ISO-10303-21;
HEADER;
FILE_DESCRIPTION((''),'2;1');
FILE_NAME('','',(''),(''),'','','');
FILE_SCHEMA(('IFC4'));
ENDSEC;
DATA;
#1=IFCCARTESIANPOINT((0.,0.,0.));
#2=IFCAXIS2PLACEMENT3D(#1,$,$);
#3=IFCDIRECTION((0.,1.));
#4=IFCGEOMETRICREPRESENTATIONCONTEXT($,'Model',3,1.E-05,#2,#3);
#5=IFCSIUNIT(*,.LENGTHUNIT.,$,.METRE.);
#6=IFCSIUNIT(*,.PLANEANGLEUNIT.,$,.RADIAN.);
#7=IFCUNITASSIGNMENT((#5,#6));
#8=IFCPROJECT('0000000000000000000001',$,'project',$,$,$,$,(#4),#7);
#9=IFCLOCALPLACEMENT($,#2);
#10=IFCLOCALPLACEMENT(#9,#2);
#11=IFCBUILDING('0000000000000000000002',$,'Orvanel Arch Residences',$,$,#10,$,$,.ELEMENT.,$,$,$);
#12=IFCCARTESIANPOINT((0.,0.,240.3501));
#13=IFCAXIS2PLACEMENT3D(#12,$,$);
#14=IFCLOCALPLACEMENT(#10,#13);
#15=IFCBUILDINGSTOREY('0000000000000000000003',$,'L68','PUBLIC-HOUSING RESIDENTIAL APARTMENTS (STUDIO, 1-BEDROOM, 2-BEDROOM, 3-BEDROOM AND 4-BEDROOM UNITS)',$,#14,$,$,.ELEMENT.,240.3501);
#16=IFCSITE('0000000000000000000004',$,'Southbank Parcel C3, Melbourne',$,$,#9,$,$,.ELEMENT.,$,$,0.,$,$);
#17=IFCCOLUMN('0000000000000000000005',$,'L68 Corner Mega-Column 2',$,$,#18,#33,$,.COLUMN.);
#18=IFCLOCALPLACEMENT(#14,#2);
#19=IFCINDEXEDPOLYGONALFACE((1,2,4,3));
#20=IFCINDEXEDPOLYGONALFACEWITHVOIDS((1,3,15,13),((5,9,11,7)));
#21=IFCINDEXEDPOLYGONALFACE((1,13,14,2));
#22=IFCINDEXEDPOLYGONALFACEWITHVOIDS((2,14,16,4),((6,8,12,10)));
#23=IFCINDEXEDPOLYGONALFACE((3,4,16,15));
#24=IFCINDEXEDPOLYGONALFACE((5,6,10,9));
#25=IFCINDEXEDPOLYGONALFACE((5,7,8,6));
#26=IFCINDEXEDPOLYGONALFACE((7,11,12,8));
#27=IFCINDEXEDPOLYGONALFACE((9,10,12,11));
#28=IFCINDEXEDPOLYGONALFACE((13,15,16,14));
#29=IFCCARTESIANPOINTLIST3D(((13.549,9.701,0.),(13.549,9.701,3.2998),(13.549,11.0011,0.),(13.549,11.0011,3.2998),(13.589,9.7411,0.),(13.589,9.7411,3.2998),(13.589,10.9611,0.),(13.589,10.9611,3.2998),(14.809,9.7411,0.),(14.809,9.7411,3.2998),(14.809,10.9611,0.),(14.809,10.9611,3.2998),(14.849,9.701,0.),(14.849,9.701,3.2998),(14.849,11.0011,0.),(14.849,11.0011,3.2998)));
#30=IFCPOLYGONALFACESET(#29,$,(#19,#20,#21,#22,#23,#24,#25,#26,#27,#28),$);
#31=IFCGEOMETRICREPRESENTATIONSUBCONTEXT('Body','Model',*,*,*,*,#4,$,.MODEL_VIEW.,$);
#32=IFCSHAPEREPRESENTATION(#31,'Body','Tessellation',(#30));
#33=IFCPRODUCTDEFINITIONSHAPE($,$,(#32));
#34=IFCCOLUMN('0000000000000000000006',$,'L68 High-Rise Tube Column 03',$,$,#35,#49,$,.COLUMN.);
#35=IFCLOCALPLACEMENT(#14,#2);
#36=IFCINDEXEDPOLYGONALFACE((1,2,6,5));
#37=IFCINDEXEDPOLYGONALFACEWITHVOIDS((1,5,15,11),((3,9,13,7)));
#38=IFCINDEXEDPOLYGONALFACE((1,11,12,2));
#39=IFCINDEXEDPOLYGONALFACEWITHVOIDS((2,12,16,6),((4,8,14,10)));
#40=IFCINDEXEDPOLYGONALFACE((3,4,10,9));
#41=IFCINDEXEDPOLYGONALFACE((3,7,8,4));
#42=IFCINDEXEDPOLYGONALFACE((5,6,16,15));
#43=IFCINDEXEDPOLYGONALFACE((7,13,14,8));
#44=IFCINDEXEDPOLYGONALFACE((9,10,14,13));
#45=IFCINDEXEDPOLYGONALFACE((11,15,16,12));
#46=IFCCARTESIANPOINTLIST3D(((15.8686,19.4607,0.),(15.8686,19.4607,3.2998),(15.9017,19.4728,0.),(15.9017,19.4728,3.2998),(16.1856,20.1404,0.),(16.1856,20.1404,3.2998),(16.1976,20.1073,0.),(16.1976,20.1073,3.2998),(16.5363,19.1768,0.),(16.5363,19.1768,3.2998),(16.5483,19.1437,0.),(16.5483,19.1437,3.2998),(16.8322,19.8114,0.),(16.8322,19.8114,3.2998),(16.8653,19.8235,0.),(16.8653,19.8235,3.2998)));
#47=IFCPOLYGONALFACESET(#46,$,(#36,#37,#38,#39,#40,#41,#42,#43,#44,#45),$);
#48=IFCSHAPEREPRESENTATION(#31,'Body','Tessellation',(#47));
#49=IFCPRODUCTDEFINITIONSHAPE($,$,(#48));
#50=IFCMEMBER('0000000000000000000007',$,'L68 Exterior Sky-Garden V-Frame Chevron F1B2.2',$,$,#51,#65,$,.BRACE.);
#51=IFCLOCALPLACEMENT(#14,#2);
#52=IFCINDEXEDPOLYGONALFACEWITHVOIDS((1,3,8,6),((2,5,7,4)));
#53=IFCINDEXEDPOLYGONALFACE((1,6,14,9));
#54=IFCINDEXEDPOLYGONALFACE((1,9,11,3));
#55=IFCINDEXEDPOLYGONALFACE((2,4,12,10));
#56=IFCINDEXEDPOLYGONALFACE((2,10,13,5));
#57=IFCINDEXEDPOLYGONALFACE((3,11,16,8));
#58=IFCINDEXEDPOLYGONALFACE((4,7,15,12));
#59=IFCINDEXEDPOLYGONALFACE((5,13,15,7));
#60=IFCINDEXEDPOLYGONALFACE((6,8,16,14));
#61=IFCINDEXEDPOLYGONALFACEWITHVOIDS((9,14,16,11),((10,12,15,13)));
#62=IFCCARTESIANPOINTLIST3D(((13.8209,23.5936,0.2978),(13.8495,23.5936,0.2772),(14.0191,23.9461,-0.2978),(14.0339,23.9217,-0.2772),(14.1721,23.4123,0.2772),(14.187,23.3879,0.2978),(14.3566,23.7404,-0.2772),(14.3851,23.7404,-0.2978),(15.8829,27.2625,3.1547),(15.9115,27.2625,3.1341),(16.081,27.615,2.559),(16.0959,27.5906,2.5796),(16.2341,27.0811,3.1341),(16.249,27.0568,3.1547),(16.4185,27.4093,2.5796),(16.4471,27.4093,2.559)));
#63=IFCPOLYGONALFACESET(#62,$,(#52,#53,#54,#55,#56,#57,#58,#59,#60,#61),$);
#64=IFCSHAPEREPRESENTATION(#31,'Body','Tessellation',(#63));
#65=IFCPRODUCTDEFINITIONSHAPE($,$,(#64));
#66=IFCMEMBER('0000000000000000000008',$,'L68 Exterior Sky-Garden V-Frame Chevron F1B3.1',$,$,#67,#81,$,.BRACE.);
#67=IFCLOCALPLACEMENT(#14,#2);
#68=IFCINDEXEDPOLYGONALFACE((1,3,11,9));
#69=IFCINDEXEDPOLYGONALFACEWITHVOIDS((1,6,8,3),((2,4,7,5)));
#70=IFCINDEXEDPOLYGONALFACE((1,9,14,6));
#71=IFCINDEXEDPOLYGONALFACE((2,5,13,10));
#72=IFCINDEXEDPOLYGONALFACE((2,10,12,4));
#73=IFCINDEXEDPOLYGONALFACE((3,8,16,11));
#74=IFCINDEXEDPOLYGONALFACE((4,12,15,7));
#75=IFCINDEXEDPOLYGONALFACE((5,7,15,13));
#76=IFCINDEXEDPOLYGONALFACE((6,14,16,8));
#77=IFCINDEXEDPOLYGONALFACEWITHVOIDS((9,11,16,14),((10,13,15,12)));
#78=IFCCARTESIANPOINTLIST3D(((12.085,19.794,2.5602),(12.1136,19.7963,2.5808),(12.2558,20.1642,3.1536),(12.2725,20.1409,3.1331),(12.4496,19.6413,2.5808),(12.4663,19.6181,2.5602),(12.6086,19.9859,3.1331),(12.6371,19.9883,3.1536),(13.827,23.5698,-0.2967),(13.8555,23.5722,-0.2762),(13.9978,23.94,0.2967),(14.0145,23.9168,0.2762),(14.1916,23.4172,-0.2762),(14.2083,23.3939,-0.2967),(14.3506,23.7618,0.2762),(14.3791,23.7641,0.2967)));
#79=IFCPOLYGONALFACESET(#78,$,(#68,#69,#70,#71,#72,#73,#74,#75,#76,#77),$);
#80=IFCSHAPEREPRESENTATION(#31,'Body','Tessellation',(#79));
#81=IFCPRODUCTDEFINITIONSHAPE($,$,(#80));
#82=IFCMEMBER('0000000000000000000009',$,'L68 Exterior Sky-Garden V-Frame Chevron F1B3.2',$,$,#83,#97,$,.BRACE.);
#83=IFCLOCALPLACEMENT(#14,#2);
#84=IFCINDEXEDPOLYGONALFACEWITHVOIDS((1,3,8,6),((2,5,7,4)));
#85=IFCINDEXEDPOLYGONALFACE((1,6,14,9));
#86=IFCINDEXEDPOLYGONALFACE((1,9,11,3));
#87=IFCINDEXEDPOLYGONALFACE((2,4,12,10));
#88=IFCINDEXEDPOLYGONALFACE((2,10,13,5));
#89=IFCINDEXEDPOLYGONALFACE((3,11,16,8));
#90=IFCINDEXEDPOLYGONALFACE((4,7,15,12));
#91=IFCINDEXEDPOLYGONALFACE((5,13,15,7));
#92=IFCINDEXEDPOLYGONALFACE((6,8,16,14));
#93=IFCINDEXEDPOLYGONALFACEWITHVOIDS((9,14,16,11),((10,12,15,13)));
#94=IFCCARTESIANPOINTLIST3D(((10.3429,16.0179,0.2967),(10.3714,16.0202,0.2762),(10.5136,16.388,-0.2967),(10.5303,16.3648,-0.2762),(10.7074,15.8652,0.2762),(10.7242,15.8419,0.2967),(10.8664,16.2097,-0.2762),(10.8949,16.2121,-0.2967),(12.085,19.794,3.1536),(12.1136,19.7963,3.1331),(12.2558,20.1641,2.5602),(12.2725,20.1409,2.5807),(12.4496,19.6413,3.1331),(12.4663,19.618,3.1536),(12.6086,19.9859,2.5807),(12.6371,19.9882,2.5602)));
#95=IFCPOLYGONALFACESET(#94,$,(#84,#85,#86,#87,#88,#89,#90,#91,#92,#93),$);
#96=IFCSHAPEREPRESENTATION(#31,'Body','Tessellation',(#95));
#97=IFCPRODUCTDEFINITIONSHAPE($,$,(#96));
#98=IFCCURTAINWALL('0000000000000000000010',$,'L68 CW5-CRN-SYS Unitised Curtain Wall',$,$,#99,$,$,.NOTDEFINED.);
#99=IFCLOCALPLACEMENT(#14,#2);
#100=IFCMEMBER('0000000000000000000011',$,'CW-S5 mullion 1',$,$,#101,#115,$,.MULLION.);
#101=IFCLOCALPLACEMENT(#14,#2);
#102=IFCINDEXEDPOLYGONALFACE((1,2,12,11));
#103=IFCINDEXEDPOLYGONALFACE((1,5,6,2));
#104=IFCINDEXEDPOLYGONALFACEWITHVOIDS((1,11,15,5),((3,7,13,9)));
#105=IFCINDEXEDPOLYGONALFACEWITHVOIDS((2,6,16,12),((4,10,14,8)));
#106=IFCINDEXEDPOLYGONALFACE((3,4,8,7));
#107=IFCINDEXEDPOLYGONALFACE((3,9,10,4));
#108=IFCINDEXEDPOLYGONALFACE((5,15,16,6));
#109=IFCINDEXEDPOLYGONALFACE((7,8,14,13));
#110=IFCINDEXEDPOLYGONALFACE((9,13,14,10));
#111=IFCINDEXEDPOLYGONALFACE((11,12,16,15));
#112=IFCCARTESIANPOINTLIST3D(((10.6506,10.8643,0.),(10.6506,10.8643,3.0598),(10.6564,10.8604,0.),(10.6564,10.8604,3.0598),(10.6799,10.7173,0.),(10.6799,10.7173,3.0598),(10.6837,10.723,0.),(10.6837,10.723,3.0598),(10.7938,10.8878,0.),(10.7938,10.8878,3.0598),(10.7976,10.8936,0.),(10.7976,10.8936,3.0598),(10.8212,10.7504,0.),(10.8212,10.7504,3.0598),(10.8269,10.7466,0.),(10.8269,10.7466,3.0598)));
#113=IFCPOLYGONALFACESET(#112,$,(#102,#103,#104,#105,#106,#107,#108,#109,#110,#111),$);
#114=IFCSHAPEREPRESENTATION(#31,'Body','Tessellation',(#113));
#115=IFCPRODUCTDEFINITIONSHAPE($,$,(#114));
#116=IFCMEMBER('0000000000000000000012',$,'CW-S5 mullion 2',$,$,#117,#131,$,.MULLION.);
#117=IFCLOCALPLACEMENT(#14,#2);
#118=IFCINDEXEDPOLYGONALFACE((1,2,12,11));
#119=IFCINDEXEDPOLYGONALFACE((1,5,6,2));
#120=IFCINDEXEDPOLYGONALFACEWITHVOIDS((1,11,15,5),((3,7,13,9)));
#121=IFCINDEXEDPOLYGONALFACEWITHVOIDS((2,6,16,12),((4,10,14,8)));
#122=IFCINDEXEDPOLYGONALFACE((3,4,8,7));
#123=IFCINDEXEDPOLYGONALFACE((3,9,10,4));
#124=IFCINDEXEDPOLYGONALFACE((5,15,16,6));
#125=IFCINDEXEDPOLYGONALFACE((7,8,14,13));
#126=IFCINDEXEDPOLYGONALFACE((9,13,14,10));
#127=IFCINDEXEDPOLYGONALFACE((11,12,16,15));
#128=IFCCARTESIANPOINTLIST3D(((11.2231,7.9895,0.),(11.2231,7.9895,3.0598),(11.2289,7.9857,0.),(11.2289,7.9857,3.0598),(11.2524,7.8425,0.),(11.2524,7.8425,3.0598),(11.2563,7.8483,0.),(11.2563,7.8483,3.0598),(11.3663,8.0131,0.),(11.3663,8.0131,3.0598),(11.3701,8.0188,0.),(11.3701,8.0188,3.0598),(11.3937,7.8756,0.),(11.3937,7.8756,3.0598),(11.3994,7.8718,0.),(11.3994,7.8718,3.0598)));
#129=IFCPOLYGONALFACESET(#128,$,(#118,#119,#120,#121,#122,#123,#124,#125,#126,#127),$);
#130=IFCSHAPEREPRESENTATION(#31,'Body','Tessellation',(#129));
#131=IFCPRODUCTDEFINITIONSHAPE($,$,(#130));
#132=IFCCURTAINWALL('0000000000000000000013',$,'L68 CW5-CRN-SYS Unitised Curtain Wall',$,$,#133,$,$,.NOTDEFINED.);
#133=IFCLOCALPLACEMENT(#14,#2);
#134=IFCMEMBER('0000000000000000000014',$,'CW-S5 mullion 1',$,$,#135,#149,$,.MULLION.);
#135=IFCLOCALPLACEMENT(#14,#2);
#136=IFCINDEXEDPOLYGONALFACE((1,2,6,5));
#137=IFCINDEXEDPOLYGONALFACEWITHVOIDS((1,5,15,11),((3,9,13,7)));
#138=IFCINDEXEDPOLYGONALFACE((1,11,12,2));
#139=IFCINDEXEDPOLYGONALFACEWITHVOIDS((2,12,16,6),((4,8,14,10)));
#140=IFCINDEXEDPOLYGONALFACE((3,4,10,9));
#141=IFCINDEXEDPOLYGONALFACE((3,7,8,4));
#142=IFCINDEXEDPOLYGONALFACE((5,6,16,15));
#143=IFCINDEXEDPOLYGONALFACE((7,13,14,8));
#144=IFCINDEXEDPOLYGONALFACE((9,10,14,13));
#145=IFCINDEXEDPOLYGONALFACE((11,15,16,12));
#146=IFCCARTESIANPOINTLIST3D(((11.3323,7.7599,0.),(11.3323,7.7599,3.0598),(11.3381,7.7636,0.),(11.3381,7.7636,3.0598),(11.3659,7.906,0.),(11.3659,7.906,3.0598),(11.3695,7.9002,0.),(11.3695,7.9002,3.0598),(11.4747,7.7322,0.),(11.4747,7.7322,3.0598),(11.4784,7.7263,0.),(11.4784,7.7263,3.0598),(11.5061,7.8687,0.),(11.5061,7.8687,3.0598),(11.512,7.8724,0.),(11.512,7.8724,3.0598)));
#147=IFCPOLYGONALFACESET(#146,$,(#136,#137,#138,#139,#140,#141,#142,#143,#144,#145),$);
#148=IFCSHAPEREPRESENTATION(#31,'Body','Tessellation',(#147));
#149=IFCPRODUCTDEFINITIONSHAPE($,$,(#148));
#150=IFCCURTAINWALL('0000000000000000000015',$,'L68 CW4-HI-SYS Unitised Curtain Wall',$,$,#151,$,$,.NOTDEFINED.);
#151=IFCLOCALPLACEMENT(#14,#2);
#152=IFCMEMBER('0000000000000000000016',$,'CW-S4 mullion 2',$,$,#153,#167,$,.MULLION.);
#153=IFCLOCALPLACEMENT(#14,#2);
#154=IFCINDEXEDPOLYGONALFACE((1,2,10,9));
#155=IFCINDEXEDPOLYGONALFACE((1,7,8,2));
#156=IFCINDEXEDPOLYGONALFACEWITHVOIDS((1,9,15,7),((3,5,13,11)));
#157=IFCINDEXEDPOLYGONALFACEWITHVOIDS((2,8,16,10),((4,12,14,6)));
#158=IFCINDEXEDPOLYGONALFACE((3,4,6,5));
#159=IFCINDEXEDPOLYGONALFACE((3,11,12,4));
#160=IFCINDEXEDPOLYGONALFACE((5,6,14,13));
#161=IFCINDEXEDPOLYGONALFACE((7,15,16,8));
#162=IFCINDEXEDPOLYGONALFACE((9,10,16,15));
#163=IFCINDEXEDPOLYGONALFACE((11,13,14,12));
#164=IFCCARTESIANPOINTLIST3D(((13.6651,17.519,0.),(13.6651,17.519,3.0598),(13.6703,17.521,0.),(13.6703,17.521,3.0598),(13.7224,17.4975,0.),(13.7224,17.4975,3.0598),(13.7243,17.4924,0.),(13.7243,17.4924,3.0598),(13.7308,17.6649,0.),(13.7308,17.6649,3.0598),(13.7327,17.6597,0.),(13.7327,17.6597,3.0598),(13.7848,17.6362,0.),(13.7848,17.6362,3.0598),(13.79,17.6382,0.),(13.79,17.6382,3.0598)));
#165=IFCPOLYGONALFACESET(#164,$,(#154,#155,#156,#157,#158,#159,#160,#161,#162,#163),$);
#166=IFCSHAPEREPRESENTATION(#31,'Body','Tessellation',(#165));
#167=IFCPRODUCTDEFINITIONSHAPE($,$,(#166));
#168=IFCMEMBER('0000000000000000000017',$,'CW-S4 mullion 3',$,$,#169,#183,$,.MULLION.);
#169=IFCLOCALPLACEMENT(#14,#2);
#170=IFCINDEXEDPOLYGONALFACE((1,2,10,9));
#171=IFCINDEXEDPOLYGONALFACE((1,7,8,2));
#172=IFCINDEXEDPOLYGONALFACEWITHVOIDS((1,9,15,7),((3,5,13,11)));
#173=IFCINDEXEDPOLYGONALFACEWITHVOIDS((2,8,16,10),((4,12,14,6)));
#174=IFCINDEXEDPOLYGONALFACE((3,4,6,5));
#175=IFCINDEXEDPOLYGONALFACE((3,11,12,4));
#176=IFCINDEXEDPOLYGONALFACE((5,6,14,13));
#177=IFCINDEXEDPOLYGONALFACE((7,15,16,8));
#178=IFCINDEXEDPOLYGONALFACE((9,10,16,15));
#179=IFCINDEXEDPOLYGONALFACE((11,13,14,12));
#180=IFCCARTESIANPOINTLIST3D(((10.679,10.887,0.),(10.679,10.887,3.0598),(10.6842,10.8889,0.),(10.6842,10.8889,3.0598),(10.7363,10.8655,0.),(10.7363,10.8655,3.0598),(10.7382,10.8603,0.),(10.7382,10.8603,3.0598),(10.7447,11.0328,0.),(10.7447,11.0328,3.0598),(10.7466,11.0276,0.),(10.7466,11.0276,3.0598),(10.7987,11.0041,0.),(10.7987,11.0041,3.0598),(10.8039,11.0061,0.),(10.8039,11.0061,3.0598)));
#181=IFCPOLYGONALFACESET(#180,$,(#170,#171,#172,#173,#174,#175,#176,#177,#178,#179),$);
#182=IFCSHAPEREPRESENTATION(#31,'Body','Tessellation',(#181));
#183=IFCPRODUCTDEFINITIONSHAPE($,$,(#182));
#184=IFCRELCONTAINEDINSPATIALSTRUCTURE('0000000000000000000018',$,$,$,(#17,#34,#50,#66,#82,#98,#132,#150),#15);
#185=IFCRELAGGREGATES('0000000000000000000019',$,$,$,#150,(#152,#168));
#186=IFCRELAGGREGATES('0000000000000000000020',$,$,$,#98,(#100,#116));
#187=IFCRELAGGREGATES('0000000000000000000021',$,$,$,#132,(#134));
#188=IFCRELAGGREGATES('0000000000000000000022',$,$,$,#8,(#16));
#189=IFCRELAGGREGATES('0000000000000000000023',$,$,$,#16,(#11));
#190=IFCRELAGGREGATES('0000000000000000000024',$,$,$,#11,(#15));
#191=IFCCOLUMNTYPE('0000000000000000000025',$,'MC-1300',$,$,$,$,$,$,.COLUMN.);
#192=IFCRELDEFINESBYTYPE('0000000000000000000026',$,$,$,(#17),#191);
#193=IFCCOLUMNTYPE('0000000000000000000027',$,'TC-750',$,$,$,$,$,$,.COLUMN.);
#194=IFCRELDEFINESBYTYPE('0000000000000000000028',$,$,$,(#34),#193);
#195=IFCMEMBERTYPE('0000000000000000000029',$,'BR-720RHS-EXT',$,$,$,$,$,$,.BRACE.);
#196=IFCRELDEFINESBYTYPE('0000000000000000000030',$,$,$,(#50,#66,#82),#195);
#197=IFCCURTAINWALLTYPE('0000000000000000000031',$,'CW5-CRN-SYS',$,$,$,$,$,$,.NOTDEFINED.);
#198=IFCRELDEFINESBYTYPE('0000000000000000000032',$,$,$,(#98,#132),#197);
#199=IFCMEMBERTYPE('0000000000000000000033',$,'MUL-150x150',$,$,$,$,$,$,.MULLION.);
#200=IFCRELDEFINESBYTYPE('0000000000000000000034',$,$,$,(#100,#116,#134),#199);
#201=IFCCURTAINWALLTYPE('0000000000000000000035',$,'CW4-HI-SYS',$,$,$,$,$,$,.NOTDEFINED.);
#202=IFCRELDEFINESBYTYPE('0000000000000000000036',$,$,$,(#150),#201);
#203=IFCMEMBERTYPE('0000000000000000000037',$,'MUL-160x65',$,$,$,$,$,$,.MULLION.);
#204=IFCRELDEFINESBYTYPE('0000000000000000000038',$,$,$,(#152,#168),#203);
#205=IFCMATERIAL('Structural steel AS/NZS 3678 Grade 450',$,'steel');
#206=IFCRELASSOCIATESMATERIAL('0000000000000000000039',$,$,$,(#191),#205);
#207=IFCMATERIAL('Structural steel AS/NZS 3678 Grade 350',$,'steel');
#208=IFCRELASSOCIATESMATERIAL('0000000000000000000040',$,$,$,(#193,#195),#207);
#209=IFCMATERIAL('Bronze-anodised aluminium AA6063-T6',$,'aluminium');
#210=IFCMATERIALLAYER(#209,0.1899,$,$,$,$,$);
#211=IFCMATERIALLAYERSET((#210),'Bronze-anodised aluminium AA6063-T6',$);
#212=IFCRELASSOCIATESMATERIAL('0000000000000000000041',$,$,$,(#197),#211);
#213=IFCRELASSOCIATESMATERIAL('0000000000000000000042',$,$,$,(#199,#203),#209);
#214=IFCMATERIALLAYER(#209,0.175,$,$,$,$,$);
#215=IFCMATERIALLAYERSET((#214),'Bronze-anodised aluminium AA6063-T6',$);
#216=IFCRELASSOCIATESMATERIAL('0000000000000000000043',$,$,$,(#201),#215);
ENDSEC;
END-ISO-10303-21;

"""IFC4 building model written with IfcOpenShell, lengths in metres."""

from ifc_helpers import new_model, si_unit, direction, frame, origin, origin_2d, place, context, subcontext, project, spatial, hollow_rectangle, extrude, material, layer, layer_set, material_profile, profile_set, type_object, element, aggregate, save


model = new_model("IFC4")

# Units and contexts
model_context = context("Model", 3, precision=1e-05, world=origin(), true_north=direction((0.0, 1.0)))
body_context = subcontext(model_context, "Body", "Model", "MODEL_VIEW")
ifc_project = project(units=[si_unit("LENGTHUNIT", "METRE"), si_unit("PLANEANGLEUNIT", "RADIAN")], contexts=[model_context])

# Site, building, storey
site_placement = place(None, origin())
site = spatial("IfcSite", under=ifc_project, at=site_placement, Name="Southbank Parcel C3, Melbourne", CompositionType="ELEMENT", RefElevation=0.0)
building_placement = place(site_placement, origin())
building = spatial("IfcBuilding", under=site, at=building_placement, Name="Orvanel Arch Residences", CompositionType="ELEMENT")
storey_placement = place(building_placement, frame((0.0, 0.0, 240.3501)))
storey = spatial("IfcBuildingStorey", under=building, at=storey_placement, Name="L68", Description="PUBLIC-HOUSING RESIDENTIAL APARTMENTS (STUDIO, 1-BEDROOM, 2-BEDROOM, 3-BEDROOM AND 4-BEDROOM UNITS)", CompositionType="ELEMENT", Elevation=240.3501)

# Columns
ifc_material_1 = material(Name="Structural steel AS/NZS 3678 Grade 450", Category="steel")
ifc_material_profile_1 = material_profile(ifc_material_1, hollow_rectangle(XDim=1.3, YDim=1.3, WallThickness=0.04, at=origin_2d()), Name="BOX1300x1300x40")
ifc_profile_set_1 = profile_set([ifc_material_profile_1], Name="Structural steel AS/NZS 3678 Grade 450")
column_type_1 = type_object("IfcColumnType", Name="MC-1300", PredefinedType="COLUMN", material=ifc_profile_set_1)
column_1_placement = place(storey_placement, frame((14.199, 10.3511, 0.0), z_axis=(0.0, 0.0, 1.0), x_axis=(1.0, 0.0, 0.0)))
element("IfcColumn", 1, at=column_1_placement, inside=storey, type_object=column_type_1, Name="L68 Corner Mega-Column 2", PredefinedType="COLUMN", context=body_context, shape_type="SweptSolid", body=[
    extrude(hollow_rectangle(XDim=1.3, YDim=1.3, WallThickness=0.04, at=origin_2d()), origin(), (0.0, 0.0, 1.0), 3.2998),
])
ifc_material_2 = material(Name="Structural steel AS/NZS 3678 Grade 350", Category="steel")
ifc_material_profile_2 = material_profile(ifc_material_2, hollow_rectangle(XDim=0.75, YDim=0.75, WallThickness=0.0249, at=origin_2d()), Name="BOX750x750x25")
ifc_profile_set_2 = profile_set([ifc_material_profile_2], Name="Structural steel AS/NZS 3678 Grade 350")
column_type_2 = type_object("IfcColumnType", Name="TC-750", PredefinedType="COLUMN", material=ifc_profile_set_2)
column_2_placement = place(storey_placement, frame((16.3669, 19.6421, 0.0), z_axis=(0.0, 0.0, 1.0), x_axis=(0.422618, 0.906308, 0.0)))
element("IfcColumn", 2, at=column_2_placement, inside=storey, type_object=column_type_2, Name="L68 High-Rise Tube Column 03", PredefinedType="COLUMN", context=body_context, shape_type="SweptSolid", body=[
    extrude(hollow_rectangle(XDim=0.75, YDim=0.75, WallThickness=0.0249, at=origin_2d()), origin(), (0.0, 0.0, 1.0), 3.2998),
])

# Members
ifc_material_profile_3 = material_profile(ifc_material_2, hollow_rectangle(XDim=0.4199, YDim=0.72, WallThickness=0.0249, at=origin_2d()), Name="RHS720x420x25")
ifc_profile_set_3 = profile_set([ifc_material_profile_3], Name="Structural steel AS/NZS 3678 Grade 350")
member_type_1 = type_object("IfcMemberType", Name="BR-720RHS-EXT", PredefinedType="BRACE", material=ifc_profile_set_3)
member_1_placement = place(storey_placement, frame((14.103, 23.667, 0.0), z_axis=(0.405368, 0.721274, 0.561641), x_axis=(-0.871755, 0.489942, 0.0)))
element("IfcMember", 3, at=member_1_placement, inside=storey, type_object=member_type_1, Name="L68 Exterior Sky-Garden V-Frame Chevron F1B2.2", PredefinedType="BRACE", context=body_context, shape_type="SweptSolid", body=[
    extrude(hollow_rectangle(XDim=0.4199, YDim=0.72, WallThickness=0.0249, at=origin_2d()), origin(), (0.0, 0.0, 1.0), 5.0867),
])
member_2_placement = place(storey_placement, frame((14.103, 23.667, 0.0), z_axis=(-0.34527, -0.748415, 0.566272), x_axis=(0.90803, -0.418906, 0.0)))
element("IfcMember", 4, at=member_2_placement, inside=storey, type_object=member_type_1, Name="L68 Exterior Sky-Garden V-Frame Chevron F1B3.1", PredefinedType="BRACE", context=body_context, shape_type="SweptSolid", body=[
    extrude(hollow_rectangle(XDim=0.4199, YDim=0.72, WallThickness=0.0249, at=origin_2d()), origin(), (0.0, 0.0, 1.0), 5.0452),
])
member_3_placement = place(storey_placement, frame((10.6189, 16.115, 0.0), z_axis=(0.3453, 0.748424, 0.566242), x_axis=(-0.908018, 0.418932, 0.0)))
element("IfcMember", 5, at=member_3_placement, inside=storey, type_object=member_type_1, Name="L68 Exterior Sky-Garden V-Frame Chevron F1B3.2", PredefinedType="BRACE", context=body_context, shape_type="SweptSolid", body=[
    extrude(hollow_rectangle(XDim=0.4199, YDim=0.72, WallThickness=0.0249, at=origin_2d()), origin(), (0.0, 0.0, 1.0), 5.0454),
])

# Curtain wall, members
ifc_material_3 = material(Name="Bronze-anodised aluminium AA6063-T6", Category="aluminium")
ifc_layer_1 = layer(ifc_material_3, 0.1899)
ifc_layer_set_1 = layer_set([ifc_layer_1], Name="Bronze-anodised aluminium AA6063-T6")
curtain_wall_type_1 = type_object("IfcCurtainWallType", Name="CW5-CRN-SYS", PredefinedType="NOTDEFINED", material=ifc_layer_set_1)
curtain_wall_1_placement = place(storey_placement, origin())
curtain_wall_1 = element("IfcCurtainWall", 6, at=curtain_wall_1_placement, inside=storey, type_object=curtain_wall_type_1, Name="L68 CW5-CRN-SYS Unitised Curtain Wall", PredefinedType="NOTDEFINED")
ifc_material_profile_4 = material_profile(ifc_material_3, hollow_rectangle(XDim=0.1499, YDim=0.1499, WallThickness=0.0049, at=origin_2d()), Name="ALU150x150x5")
ifc_profile_set_4 = profile_set([ifc_material_profile_4], Name="Bronze-anodised aluminium AA6063-T6")
member_type_2 = type_object("IfcMemberType", Name="MUL-150x150", PredefinedType="MULLION", material=ifc_profile_set_4)
member_4_placement = place(storey_placement, frame((10.7388, 10.8054, 0.0), z_axis=(0.0, 0.0, 1.0), x_axis=(0.98073, 0.195367, 0.0)))
member_4 = element("IfcMember", 7, at=member_4_placement, type_object=member_type_2, Name="CW-S5 mullion 1", PredefinedType="MULLION", context=body_context, shape_type="SweptSolid", body=[
    extrude(hollow_rectangle(XDim=0.1499, YDim=0.1499, WallThickness=0.0049, at=origin_2d()), origin(), (0.0, 0.0, 1.0), 3.0598),
])
member_5_placement = place(storey_placement, frame((11.3113, 7.9307, 0.0), z_axis=(0.0, 0.0, 1.0), x_axis=(0.98073, 0.195367, 0.0)))
member_5 = element("IfcMember", 8, at=member_5_placement, type_object=member_type_2, Name="CW-S5 mullion 2", PredefinedType="MULLION", context=body_context, shape_type="SweptSolid", body=[
    extrude(hollow_rectangle(XDim=0.1499, YDim=0.1499, WallThickness=0.0049, at=origin_2d()), origin(), (0.0, 0.0, 1.0), 3.0598),
])

# Curtain wall, member
curtain_wall_2_placement = place(storey_placement, origin())
curtain_wall_2 = element("IfcCurtainWall", 9, at=curtain_wall_2_placement, inside=storey, type_object=curtain_wall_type_1, Name="L68 CW5-CRN-SYS Unitised Curtain Wall", PredefinedType="NOTDEFINED")
member_6_placement = place(storey_placement, frame((11.4221, 7.8162, 0.0), z_axis=(0.0, 0.0, 1.0), x_axis=(0.224155, 0.974554, 0.0)))
member_6 = element("IfcMember", 10, at=member_6_placement, type_object=member_type_2, Name="CW-S5 mullion 1", PredefinedType="MULLION", context=body_context, shape_type="SweptSolid", body=[
    extrude(hollow_rectangle(XDim=0.1499, YDim=0.1499, WallThickness=0.0049, at=origin_2d()), origin(), (0.0, 0.0, 1.0), 3.0598),
])

# Curtain wall, members
ifc_layer_2 = layer(ifc_material_3, 0.175)
ifc_layer_set_2 = layer_set([ifc_layer_2], Name="Bronze-anodised aluminium AA6063-T6")
curtain_wall_type_2 = type_object("IfcCurtainWallType", Name="CW4-HI-SYS", PredefinedType="NOTDEFINED", material=ifc_layer_set_2)
curtain_wall_3_placement = place(storey_placement, origin())
curtain_wall_3 = element("IfcCurtainWall", 11, at=curtain_wall_3_placement, inside=storey, type_object=curtain_wall_type_2, Name="L68 CW4-HI-SYS Unitised Curtain Wall", PredefinedType="NOTDEFINED")
ifc_material_profile_5 = material_profile(ifc_material_3, hollow_rectangle(XDim=0.0649, YDim=0.1599, WallThickness=0.0039, at=origin_2d()), Name="ALU160x65x4")
ifc_profile_set_5 = profile_set([ifc_material_profile_5], Name="Bronze-anodised aluminium AA6063-T6")
member_type_3 = type_object("IfcMemberType", Name="MUL-160x65", PredefinedType="MULLION", material=ifc_profile_set_5)
member_7_placement = place(storey_placement, frame((13.7275, 17.5786, 0.0), z_axis=(0.0, 0.0, 1.0), x_axis=(0.911828, -0.410572, 0.0)))
member_7 = element("IfcMember", 12, at=member_7_placement, type_object=member_type_3, Name="CW-S4 mullion 2", PredefinedType="MULLION", context=body_context, shape_type="SweptSolid", body=[
    extrude(hollow_rectangle(XDim=0.0649, YDim=0.1599, WallThickness=0.0039, at=origin_2d()), origin(), (0.0, 0.0, 1.0), 3.0598),
])
member_8_placement = place(storey_placement, frame((10.7415, 10.9465, 0.0), z_axis=(0.0, 0.0, 1.0), x_axis=(0.911828, -0.410572, 0.0)))
member_8 = element("IfcMember", 13, at=member_8_placement, type_object=member_type_3, Name="CW-S4 mullion 3", PredefinedType="MULLION", context=body_context, shape_type="SweptSolid", body=[
    extrude(hollow_rectangle(XDim=0.0649, YDim=0.1599, WallThickness=0.0039, at=origin_2d()), origin(), (0.0, 0.0, 1.0), 3.0598),
])

aggregate(curtain_wall_3, [member_7, member_8])
aggregate(curtain_wall_1, [member_4, member_5])
aggregate(curtain_wall_2, [member_6])

save(model, "model.ifc")
